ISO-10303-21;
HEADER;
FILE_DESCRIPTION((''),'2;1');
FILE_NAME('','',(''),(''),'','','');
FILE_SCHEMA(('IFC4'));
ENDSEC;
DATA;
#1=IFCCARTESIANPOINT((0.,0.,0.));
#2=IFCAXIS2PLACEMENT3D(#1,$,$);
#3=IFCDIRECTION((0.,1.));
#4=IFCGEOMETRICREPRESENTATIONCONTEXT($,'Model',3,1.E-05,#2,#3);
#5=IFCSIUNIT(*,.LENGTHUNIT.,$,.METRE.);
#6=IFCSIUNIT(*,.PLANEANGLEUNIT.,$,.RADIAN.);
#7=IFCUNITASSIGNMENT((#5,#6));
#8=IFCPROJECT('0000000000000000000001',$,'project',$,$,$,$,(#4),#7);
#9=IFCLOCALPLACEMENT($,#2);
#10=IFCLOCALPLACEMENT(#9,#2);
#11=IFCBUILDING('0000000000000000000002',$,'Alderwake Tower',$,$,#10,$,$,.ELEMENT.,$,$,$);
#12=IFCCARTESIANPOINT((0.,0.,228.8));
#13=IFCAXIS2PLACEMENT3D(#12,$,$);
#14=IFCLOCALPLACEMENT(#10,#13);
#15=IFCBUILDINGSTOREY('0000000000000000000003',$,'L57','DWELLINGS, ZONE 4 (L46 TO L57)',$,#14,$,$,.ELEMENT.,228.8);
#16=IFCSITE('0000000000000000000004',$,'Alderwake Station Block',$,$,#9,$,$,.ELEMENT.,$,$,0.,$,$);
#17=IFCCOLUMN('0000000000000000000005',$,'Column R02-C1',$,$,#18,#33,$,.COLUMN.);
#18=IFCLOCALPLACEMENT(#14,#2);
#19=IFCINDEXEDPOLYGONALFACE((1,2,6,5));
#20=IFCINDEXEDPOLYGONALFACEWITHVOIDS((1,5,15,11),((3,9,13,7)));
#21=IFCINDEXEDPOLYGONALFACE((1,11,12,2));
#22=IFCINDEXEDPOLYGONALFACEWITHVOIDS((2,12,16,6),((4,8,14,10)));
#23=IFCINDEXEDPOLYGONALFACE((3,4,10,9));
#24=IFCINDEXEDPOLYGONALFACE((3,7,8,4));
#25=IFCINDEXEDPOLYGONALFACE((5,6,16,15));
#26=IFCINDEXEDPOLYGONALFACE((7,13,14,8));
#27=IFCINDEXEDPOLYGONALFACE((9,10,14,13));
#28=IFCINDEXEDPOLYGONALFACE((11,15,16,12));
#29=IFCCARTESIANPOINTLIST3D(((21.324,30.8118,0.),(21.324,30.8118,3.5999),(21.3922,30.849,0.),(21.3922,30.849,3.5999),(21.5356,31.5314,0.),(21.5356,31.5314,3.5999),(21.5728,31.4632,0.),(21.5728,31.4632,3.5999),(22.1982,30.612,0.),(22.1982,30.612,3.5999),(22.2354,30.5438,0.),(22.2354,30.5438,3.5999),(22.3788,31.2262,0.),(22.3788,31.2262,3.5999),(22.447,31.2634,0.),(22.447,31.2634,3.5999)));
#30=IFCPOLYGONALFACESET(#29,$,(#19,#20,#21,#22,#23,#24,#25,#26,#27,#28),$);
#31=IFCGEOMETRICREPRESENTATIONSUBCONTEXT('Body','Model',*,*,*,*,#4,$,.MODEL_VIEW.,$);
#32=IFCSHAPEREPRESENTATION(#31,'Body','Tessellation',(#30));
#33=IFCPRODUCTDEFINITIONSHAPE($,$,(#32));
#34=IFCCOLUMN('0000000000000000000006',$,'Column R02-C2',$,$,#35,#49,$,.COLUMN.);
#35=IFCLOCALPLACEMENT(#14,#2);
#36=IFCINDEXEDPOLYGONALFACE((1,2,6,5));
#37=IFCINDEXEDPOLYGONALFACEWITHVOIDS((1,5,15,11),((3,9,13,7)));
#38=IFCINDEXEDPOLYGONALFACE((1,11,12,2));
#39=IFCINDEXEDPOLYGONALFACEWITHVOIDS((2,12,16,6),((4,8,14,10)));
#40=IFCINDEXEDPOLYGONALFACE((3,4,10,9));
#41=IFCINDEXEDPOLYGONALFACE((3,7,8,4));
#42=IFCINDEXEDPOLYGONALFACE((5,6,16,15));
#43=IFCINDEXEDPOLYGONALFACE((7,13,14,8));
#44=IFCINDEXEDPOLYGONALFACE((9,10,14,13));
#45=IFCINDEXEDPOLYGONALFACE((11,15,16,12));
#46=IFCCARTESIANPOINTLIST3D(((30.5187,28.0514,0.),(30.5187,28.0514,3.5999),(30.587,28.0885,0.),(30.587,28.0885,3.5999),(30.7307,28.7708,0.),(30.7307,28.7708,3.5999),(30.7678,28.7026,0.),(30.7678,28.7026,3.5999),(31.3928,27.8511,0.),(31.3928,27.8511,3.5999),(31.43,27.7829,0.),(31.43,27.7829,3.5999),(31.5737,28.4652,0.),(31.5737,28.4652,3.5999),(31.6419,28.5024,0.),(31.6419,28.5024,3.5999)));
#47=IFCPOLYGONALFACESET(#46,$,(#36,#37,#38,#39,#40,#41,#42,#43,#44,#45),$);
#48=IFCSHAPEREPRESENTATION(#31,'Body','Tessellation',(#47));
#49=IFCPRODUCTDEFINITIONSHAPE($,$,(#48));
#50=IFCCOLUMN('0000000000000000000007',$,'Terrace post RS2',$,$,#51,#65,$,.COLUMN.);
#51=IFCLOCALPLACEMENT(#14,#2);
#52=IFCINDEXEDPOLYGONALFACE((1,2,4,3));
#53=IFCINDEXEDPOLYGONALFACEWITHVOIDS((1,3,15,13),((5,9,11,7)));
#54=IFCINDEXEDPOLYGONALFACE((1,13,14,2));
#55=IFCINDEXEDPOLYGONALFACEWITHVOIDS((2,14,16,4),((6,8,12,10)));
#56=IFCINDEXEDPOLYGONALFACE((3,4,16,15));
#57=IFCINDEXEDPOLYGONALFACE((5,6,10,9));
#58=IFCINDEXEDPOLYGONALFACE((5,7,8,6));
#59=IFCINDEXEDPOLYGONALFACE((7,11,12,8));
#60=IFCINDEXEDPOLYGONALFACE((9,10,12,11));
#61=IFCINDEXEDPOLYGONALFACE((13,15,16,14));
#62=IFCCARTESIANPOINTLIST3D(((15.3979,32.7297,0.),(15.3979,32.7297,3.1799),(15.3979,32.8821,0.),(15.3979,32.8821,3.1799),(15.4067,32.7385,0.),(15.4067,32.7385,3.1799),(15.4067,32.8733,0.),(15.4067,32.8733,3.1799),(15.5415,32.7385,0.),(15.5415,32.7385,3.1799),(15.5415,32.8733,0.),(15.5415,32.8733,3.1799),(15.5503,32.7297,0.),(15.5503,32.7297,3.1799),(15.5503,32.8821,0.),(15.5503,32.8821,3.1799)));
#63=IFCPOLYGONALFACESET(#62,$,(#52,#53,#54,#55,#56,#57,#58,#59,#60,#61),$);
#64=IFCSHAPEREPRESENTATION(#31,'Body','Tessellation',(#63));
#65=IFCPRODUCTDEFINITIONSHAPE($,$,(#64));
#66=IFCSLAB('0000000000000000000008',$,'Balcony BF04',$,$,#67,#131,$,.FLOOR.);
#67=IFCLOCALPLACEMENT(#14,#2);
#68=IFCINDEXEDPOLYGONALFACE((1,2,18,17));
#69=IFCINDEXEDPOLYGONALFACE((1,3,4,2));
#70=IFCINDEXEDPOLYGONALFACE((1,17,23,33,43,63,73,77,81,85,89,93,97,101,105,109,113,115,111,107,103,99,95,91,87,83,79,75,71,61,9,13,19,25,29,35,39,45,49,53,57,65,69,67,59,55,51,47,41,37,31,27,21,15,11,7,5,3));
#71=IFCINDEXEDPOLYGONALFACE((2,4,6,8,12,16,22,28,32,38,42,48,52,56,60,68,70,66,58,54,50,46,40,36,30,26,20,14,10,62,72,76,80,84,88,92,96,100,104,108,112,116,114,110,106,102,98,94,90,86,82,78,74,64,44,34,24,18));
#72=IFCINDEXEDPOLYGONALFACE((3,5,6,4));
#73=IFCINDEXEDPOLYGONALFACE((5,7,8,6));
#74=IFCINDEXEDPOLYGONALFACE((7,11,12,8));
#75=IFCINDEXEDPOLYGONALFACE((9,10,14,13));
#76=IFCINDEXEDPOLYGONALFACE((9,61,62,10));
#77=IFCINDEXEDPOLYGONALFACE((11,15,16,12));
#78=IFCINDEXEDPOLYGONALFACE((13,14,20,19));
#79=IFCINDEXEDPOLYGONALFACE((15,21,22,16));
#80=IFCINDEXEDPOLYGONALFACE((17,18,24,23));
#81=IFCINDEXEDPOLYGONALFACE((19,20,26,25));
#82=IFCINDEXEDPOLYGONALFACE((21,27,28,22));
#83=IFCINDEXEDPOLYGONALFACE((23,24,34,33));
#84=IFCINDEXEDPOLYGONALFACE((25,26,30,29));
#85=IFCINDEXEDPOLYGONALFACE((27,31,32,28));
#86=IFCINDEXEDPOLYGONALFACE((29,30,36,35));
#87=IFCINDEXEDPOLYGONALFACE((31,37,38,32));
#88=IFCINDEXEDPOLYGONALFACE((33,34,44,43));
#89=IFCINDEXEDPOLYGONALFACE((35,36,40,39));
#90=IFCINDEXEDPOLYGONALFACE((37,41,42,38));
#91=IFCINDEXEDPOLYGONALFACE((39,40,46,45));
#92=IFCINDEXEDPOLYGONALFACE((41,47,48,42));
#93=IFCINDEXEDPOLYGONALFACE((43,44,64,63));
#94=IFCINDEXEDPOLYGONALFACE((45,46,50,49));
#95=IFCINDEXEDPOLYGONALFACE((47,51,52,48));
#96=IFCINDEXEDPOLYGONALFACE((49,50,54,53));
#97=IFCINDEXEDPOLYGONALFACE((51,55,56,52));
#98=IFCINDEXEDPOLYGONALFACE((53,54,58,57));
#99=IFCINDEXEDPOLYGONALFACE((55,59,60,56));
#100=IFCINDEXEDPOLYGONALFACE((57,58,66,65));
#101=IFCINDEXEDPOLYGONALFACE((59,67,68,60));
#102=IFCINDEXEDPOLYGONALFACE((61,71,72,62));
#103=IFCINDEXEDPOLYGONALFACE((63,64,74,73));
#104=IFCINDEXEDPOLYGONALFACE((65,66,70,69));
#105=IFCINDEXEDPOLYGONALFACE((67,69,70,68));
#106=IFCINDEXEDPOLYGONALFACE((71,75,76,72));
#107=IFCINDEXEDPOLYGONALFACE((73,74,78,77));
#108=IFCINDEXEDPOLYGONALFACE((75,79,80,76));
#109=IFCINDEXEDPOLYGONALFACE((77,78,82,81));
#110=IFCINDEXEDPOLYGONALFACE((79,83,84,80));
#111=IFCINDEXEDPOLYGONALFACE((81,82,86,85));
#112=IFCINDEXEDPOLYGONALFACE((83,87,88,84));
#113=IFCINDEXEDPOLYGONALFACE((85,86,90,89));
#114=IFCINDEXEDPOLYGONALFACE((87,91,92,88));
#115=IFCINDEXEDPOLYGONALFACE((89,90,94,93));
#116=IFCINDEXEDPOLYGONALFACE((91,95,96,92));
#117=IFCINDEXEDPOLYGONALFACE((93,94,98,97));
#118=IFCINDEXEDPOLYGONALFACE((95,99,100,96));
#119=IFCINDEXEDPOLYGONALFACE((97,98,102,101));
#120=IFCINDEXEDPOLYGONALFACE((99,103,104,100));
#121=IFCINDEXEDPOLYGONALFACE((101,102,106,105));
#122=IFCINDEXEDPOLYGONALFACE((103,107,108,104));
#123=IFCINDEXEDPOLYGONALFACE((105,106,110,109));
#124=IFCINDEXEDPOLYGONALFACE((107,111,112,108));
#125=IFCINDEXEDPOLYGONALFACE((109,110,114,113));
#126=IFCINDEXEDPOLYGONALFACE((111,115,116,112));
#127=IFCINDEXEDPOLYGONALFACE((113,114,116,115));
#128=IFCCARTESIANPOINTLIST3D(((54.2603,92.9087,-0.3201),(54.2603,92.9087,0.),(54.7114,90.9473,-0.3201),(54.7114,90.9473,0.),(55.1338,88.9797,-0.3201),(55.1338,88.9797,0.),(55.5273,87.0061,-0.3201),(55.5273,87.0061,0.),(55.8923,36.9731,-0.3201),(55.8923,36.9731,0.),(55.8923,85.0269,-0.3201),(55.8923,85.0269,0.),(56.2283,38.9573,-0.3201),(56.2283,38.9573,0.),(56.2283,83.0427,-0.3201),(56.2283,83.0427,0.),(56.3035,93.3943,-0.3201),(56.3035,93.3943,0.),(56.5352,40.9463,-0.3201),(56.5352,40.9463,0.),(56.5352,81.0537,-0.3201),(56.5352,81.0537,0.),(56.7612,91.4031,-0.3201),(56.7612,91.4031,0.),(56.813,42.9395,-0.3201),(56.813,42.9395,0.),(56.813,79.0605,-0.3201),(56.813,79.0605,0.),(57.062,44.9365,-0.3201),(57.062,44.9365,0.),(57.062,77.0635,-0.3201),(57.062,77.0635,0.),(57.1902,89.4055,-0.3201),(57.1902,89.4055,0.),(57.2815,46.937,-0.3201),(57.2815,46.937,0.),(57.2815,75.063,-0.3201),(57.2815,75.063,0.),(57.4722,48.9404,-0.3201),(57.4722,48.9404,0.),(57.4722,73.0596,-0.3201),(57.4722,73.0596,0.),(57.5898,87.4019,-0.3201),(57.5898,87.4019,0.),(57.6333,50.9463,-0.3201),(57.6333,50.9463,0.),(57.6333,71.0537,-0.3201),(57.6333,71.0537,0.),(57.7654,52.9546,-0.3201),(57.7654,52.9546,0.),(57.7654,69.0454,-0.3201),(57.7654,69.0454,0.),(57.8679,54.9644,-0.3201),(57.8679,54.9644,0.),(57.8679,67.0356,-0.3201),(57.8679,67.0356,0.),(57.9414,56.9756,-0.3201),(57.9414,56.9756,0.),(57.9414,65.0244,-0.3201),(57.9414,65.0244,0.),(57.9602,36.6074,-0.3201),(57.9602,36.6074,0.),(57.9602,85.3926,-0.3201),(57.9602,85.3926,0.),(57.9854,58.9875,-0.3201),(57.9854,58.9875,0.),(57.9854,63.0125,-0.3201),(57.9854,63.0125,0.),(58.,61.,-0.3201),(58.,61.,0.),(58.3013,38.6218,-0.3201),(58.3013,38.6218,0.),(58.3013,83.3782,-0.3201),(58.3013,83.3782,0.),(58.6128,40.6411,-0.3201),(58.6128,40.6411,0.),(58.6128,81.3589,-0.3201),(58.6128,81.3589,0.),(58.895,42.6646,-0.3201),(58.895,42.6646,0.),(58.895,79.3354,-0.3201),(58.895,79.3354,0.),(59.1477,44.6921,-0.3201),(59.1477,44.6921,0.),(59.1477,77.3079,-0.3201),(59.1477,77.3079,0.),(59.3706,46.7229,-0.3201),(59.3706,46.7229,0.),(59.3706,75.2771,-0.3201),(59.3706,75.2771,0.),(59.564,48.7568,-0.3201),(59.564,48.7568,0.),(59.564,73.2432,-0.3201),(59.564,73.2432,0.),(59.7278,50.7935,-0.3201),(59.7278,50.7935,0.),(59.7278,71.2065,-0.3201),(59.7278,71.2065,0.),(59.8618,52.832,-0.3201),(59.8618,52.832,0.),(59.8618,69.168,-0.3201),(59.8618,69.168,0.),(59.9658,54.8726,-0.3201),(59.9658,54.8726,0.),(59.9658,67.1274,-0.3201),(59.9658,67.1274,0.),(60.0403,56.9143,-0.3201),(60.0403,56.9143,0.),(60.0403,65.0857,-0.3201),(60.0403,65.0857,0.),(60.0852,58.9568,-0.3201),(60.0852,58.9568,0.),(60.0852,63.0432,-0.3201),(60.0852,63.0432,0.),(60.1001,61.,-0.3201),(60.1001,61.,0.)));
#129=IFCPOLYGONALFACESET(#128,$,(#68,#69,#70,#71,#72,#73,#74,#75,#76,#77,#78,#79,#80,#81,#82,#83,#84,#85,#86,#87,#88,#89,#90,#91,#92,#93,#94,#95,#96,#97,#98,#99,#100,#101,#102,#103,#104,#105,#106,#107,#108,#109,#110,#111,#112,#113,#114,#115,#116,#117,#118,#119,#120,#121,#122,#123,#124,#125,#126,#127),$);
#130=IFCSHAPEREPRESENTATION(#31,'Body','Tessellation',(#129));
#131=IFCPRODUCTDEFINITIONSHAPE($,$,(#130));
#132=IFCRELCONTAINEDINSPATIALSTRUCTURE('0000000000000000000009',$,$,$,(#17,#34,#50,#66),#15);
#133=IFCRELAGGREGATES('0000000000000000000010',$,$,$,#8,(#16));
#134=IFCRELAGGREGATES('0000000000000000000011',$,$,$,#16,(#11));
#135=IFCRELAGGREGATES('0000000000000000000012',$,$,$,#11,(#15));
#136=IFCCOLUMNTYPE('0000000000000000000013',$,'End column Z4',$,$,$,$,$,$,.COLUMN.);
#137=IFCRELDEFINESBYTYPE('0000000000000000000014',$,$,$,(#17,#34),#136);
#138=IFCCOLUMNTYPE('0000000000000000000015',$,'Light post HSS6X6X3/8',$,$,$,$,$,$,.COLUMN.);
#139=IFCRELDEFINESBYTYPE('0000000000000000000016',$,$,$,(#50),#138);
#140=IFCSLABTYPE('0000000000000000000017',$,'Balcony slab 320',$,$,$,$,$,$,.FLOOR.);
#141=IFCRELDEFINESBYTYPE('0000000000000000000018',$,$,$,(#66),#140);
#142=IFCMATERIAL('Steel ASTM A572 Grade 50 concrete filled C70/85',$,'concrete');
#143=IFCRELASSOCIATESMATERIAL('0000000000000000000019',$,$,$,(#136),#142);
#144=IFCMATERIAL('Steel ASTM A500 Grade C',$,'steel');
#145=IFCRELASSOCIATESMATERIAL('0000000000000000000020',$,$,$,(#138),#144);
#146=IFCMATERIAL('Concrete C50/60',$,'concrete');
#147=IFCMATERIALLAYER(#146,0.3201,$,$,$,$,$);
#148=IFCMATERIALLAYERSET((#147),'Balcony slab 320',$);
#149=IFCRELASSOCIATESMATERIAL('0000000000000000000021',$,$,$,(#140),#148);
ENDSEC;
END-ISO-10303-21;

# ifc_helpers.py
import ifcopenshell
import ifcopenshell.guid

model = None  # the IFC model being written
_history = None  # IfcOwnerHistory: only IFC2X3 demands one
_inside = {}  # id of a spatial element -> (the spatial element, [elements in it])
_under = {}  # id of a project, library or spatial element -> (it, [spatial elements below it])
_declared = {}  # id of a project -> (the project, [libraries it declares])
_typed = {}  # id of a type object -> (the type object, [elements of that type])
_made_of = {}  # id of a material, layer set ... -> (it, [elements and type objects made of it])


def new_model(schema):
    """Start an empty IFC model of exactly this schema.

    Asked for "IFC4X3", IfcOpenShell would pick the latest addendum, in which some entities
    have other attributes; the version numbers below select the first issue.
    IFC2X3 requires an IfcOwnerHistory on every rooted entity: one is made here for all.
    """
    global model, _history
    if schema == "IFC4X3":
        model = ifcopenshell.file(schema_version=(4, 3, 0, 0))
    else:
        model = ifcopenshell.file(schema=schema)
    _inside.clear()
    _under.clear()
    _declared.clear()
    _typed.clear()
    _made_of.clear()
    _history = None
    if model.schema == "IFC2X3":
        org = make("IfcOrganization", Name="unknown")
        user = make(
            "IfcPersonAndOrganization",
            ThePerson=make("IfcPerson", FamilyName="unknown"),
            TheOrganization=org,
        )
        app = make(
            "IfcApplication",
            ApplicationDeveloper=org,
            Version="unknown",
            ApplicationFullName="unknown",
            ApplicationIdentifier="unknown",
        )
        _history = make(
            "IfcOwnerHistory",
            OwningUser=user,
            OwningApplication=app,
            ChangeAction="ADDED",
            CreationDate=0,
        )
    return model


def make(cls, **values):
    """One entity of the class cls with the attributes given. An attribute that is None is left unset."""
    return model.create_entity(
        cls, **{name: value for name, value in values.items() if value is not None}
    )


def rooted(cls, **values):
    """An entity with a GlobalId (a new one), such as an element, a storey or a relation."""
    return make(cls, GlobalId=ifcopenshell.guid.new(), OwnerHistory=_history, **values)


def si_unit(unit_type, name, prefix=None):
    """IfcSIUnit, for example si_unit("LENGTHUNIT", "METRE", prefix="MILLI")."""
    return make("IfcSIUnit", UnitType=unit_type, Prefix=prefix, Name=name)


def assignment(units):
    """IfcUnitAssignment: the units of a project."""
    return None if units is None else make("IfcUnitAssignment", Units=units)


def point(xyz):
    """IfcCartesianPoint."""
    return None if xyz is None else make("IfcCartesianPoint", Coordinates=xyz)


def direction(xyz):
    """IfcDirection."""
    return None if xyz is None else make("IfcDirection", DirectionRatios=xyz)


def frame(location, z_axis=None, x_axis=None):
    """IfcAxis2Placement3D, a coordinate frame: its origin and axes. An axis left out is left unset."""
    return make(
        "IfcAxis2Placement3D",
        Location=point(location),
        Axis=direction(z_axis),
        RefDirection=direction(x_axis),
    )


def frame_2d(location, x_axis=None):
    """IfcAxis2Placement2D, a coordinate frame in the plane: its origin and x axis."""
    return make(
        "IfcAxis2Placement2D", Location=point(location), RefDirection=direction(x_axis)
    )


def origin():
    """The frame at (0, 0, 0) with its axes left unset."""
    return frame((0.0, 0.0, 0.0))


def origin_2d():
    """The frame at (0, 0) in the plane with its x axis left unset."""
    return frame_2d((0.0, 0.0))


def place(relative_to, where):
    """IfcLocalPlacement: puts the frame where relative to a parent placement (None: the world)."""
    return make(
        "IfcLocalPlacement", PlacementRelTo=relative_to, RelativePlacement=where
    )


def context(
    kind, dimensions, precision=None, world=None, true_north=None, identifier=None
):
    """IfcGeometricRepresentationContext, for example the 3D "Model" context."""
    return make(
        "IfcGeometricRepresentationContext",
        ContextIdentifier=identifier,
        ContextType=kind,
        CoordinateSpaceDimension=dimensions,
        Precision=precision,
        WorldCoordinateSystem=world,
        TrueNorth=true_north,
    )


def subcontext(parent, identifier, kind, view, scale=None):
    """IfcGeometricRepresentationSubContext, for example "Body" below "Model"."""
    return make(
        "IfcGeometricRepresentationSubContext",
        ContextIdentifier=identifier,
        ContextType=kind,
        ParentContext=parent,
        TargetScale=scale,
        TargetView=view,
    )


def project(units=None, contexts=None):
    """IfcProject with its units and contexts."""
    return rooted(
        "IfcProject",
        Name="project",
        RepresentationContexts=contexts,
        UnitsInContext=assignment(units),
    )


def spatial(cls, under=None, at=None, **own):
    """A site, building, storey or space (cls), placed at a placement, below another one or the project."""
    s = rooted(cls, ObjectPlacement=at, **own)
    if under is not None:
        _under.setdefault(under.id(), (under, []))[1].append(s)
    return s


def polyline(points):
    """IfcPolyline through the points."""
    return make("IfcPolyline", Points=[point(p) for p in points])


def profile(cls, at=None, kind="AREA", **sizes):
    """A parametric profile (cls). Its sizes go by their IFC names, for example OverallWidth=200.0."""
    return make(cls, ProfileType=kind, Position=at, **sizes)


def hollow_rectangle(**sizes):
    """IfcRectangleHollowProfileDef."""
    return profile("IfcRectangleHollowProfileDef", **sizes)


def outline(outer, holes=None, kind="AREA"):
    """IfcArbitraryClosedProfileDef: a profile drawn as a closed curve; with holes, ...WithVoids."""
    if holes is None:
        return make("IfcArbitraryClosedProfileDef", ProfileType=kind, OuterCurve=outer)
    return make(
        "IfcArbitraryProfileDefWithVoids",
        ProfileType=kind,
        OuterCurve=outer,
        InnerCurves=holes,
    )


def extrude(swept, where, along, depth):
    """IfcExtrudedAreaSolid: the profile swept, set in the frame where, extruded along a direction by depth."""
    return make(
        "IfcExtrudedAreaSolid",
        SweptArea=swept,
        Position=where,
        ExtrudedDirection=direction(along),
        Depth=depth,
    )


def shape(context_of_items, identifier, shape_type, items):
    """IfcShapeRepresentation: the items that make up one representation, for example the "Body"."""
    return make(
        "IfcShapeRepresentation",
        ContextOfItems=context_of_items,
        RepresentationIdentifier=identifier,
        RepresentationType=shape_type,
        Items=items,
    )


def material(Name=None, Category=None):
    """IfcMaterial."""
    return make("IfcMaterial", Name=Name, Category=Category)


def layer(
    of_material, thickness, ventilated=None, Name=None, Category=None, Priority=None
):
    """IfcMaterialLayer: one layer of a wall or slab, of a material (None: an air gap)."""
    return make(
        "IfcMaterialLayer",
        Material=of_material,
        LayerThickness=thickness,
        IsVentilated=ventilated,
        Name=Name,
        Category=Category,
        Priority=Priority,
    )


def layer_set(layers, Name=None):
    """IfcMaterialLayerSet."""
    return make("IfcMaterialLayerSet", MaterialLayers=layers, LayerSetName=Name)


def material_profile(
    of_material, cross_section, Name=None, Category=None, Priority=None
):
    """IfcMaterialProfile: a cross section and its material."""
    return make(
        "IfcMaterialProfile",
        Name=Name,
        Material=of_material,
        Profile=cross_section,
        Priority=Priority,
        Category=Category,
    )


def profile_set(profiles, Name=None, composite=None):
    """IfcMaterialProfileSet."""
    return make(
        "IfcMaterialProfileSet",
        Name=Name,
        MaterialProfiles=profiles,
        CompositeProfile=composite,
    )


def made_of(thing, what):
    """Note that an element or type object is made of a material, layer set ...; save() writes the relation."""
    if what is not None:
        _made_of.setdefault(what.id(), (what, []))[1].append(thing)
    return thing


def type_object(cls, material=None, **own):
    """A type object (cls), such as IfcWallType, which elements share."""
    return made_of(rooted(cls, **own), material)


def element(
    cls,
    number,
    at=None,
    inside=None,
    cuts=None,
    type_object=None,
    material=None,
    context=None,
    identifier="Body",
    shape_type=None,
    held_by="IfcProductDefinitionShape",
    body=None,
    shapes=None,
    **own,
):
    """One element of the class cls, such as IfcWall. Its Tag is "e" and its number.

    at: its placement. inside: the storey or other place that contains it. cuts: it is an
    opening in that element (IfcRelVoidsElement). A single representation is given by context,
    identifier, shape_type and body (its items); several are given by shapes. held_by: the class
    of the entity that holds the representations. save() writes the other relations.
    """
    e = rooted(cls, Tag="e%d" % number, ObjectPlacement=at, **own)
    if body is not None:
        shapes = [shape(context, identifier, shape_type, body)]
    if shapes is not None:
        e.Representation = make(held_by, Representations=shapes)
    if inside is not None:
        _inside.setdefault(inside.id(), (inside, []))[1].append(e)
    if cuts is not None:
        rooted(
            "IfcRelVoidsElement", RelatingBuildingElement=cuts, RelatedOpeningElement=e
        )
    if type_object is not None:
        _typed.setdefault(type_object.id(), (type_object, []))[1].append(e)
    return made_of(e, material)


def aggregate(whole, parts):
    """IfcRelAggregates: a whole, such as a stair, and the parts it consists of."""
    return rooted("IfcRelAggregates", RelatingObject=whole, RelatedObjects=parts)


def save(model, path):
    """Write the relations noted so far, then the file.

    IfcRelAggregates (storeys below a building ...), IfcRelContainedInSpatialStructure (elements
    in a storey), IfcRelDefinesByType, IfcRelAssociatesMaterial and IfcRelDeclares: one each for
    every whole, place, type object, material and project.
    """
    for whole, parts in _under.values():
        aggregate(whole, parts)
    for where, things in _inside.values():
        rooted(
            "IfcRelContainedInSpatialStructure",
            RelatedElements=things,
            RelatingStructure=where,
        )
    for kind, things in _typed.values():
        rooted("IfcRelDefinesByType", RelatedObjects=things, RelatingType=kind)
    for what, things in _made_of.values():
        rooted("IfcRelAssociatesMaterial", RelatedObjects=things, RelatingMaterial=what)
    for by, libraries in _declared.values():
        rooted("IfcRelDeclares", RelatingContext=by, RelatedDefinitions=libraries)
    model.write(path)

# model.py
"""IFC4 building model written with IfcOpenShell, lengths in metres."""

from ifc_helpers import new_model, si_unit, direction, frame, origin, origin_2d, place, context, subcontext, project, spatial, polyline, hollow_rectangle, outline, extrude, material, layer, layer_set, material_profile, profile_set, type_object, element, save


model = new_model("IFC4")

# Units and contexts
model_context = context("Model", 3, precision=1e-05, world=origin(), true_north=direction((0.0, 1.0)))
body_context = subcontext(model_context, "Body", "Model", "MODEL_VIEW")
ifc_project = project(units=[si_unit("LENGTHUNIT", "METRE"), si_unit("PLANEANGLEUNIT", "RADIAN")], contexts=[model_context])

# Site, building, storey
site_placement = place(None, origin())
site = spatial("IfcSite", under=ifc_project, at=site_placement, Name="Alderwake Station Block", CompositionType="ELEMENT", RefElevation=0.0)
building_placement = place(site_placement, origin())
building = spatial("IfcBuilding", under=site, at=building_placement, Name="Alderwake Tower", CompositionType="ELEMENT")
storey_placement = place(building_placement, frame((0.0, 0.0, 228.8)))
storey = spatial("IfcBuildingStorey", under=building, at=storey_placement, Name="L57", Description="DWELLINGS, ZONE 4 (L46 TO L57)", CompositionType="ELEMENT", Elevation=228.8)

# Columns
ifc_material_1 = material(Name="Steel ASTM A572 Grade 50 concrete filled C70/85", Category="concrete")
ifc_material_profile_1 = material_profile(ifc_material_1, hollow_rectangle(XDim=0.75, YDim=0.95, WallThickness=0.0549, at=origin_2d()), Name="BOX 950X750X55")
ifc_profile_set_1 = profile_set([ifc_material_profile_1], Name="Steel ASTM A572 Grade 50 concrete filled C70/85")
column_type_1 = type_object("IfcColumnType", Name="End column Z4", PredefinedType="COLUMN", material=ifc_profile_set_1)
for number, where, z_axis, x_axis, name in (
    (1, (21.8855, 31.0376, 0.0), (0.0, 0.0, 1.0), (0.282132, 0.959376, 0.0), "Column R02-C1"),
    (2, (31.0803, 28.2769, 0.0), (0.0, 0.0, 1.0), (0.282583, 0.959243, 0.0), "Column R02-C2"),
):
    element("IfcColumn", number, at=place(storey_placement, frame(where, z_axis=z_axis, x_axis=x_axis)), inside=storey, type_object=column_type_1, Name=name, PredefinedType="COLUMN", context=body_context, shape_type="SweptSolid", body=[
        extrude(hollow_rectangle(XDim=0.75, YDim=0.95, WallThickness=0.0549, at=origin_2d()), origin(), (0.0, 0.0, 1.0), 3.5999),
    ])
ifc_material_2 = material(Name="Steel ASTM A500 Grade C", Category="steel")
ifc_material_profile_2 = material_profile(ifc_material_2, hollow_rectangle(XDim=0.1523, YDim=0.1523, WallThickness=0.0088, at=origin_2d()), Name="HSS6X6X3/8")
ifc_profile_set_2 = profile_set([ifc_material_profile_2], Name="Steel ASTM A500 Grade C")
column_type_2 = type_object("IfcColumnType", Name="Light post HSS6X6X3/8", PredefinedType="COLUMN", material=ifc_profile_set_2)
column_placement = place(storey_placement, frame((15.4741, 32.8059, 0.0), z_axis=(0.0, 0.0, 1.0), x_axis=(1.0, 0.0, 0.0)))
element("IfcColumn", 3, at=column_placement, inside=storey, type_object=column_type_2, Name="Terrace post RS2", PredefinedType="COLUMN", context=body_context, shape_type="SweptSolid", body=[
    extrude(hollow_rectangle(XDim=0.1523, YDim=0.1523, WallThickness=0.0088, at=origin_2d()), origin(), (0.0, 0.0, 1.0), 3.1799),
])

# Slab
ifc_material_3 = material(Name="Concrete C50/60", Category="concrete")
ifc_layer_1 = layer(ifc_material_3, 0.3201)
ifc_layer_set_1 = layer_set([ifc_layer_1], Name="Balcony slab 320")
slab_type_1 = type_object("IfcSlabType", Name="Balcony slab 320", PredefinedType="FLOOR", material=ifc_layer_set_1)
slab_1_placement = place(storey_placement, frame((0.0, 0.0, -0.3201)))
element("IfcSlab", 4, at=slab_1_placement, inside=storey, type_object=slab_type_1, Name="Balcony BF04", PredefinedType="FLOOR", context=body_context, shape_type="SweptSolid", body=[
    extrude(outline(polyline([(58.3013, 38.6218), (58.6128, 40.6411), (58.895, 42.6646), (59.1477, 44.6921), (59.3706, 46.7229), (59.564, 48.7568), (59.7278, 50.7935), (59.8618, 52.832), (59.9658, 54.8726), (60.0403, 56.9143), (60.0852, 58.9568), (60.1001, 61.0), (60.0852, 63.0432), (60.0403, 65.0857), (59.9658, 67.1274), (59.8618, 69.168), (59.7278, 71.2065), (59.564, 73.2432), (59.3706, 75.2771), (59.1477, 77.3079), (58.895, 79.3354), (58.6128, 81.3589), (58.3013, 83.3782), (57.9602, 85.3926), (57.5898, 87.4019), (57.1902, 89.4055), (56.7612, 91.4031), (56.3035, 93.3943), (54.2603, 92.9087), (54.7114, 90.9473), (55.1338, 88.9797), (55.5273, 87.0061), (55.8923, 85.0269), (56.2283, 83.0427), (56.5352, 81.0537), (56.813, 79.0605), (57.062, 77.0635), (57.2815, 75.063), (57.4722, 73.0596), (57.6333, 71.0537), (57.7654, 69.0454), (57.8679, 67.0356), (57.9414, 65.0244), (57.9854, 63.0125), (58.0, 61.0), (57.9854, 58.9875), (57.9414, 56.9756), (57.8679, 54.9644), (57.7654, 52.9546), (57.6333, 50.9463), (57.4722, 48.9404), (57.2815, 46.937), (57.062, 44.9365), (56.813, 42.9395), (56.5352, 40.9463), (56.2283, 38.9573), (55.8923, 36.9731), (57.9602, 36.6074), (58.3013, 38.6218)])), origin(), (0.0, 0.0, 1.0), 0.3201),
])

save(model, "model.ifc")
